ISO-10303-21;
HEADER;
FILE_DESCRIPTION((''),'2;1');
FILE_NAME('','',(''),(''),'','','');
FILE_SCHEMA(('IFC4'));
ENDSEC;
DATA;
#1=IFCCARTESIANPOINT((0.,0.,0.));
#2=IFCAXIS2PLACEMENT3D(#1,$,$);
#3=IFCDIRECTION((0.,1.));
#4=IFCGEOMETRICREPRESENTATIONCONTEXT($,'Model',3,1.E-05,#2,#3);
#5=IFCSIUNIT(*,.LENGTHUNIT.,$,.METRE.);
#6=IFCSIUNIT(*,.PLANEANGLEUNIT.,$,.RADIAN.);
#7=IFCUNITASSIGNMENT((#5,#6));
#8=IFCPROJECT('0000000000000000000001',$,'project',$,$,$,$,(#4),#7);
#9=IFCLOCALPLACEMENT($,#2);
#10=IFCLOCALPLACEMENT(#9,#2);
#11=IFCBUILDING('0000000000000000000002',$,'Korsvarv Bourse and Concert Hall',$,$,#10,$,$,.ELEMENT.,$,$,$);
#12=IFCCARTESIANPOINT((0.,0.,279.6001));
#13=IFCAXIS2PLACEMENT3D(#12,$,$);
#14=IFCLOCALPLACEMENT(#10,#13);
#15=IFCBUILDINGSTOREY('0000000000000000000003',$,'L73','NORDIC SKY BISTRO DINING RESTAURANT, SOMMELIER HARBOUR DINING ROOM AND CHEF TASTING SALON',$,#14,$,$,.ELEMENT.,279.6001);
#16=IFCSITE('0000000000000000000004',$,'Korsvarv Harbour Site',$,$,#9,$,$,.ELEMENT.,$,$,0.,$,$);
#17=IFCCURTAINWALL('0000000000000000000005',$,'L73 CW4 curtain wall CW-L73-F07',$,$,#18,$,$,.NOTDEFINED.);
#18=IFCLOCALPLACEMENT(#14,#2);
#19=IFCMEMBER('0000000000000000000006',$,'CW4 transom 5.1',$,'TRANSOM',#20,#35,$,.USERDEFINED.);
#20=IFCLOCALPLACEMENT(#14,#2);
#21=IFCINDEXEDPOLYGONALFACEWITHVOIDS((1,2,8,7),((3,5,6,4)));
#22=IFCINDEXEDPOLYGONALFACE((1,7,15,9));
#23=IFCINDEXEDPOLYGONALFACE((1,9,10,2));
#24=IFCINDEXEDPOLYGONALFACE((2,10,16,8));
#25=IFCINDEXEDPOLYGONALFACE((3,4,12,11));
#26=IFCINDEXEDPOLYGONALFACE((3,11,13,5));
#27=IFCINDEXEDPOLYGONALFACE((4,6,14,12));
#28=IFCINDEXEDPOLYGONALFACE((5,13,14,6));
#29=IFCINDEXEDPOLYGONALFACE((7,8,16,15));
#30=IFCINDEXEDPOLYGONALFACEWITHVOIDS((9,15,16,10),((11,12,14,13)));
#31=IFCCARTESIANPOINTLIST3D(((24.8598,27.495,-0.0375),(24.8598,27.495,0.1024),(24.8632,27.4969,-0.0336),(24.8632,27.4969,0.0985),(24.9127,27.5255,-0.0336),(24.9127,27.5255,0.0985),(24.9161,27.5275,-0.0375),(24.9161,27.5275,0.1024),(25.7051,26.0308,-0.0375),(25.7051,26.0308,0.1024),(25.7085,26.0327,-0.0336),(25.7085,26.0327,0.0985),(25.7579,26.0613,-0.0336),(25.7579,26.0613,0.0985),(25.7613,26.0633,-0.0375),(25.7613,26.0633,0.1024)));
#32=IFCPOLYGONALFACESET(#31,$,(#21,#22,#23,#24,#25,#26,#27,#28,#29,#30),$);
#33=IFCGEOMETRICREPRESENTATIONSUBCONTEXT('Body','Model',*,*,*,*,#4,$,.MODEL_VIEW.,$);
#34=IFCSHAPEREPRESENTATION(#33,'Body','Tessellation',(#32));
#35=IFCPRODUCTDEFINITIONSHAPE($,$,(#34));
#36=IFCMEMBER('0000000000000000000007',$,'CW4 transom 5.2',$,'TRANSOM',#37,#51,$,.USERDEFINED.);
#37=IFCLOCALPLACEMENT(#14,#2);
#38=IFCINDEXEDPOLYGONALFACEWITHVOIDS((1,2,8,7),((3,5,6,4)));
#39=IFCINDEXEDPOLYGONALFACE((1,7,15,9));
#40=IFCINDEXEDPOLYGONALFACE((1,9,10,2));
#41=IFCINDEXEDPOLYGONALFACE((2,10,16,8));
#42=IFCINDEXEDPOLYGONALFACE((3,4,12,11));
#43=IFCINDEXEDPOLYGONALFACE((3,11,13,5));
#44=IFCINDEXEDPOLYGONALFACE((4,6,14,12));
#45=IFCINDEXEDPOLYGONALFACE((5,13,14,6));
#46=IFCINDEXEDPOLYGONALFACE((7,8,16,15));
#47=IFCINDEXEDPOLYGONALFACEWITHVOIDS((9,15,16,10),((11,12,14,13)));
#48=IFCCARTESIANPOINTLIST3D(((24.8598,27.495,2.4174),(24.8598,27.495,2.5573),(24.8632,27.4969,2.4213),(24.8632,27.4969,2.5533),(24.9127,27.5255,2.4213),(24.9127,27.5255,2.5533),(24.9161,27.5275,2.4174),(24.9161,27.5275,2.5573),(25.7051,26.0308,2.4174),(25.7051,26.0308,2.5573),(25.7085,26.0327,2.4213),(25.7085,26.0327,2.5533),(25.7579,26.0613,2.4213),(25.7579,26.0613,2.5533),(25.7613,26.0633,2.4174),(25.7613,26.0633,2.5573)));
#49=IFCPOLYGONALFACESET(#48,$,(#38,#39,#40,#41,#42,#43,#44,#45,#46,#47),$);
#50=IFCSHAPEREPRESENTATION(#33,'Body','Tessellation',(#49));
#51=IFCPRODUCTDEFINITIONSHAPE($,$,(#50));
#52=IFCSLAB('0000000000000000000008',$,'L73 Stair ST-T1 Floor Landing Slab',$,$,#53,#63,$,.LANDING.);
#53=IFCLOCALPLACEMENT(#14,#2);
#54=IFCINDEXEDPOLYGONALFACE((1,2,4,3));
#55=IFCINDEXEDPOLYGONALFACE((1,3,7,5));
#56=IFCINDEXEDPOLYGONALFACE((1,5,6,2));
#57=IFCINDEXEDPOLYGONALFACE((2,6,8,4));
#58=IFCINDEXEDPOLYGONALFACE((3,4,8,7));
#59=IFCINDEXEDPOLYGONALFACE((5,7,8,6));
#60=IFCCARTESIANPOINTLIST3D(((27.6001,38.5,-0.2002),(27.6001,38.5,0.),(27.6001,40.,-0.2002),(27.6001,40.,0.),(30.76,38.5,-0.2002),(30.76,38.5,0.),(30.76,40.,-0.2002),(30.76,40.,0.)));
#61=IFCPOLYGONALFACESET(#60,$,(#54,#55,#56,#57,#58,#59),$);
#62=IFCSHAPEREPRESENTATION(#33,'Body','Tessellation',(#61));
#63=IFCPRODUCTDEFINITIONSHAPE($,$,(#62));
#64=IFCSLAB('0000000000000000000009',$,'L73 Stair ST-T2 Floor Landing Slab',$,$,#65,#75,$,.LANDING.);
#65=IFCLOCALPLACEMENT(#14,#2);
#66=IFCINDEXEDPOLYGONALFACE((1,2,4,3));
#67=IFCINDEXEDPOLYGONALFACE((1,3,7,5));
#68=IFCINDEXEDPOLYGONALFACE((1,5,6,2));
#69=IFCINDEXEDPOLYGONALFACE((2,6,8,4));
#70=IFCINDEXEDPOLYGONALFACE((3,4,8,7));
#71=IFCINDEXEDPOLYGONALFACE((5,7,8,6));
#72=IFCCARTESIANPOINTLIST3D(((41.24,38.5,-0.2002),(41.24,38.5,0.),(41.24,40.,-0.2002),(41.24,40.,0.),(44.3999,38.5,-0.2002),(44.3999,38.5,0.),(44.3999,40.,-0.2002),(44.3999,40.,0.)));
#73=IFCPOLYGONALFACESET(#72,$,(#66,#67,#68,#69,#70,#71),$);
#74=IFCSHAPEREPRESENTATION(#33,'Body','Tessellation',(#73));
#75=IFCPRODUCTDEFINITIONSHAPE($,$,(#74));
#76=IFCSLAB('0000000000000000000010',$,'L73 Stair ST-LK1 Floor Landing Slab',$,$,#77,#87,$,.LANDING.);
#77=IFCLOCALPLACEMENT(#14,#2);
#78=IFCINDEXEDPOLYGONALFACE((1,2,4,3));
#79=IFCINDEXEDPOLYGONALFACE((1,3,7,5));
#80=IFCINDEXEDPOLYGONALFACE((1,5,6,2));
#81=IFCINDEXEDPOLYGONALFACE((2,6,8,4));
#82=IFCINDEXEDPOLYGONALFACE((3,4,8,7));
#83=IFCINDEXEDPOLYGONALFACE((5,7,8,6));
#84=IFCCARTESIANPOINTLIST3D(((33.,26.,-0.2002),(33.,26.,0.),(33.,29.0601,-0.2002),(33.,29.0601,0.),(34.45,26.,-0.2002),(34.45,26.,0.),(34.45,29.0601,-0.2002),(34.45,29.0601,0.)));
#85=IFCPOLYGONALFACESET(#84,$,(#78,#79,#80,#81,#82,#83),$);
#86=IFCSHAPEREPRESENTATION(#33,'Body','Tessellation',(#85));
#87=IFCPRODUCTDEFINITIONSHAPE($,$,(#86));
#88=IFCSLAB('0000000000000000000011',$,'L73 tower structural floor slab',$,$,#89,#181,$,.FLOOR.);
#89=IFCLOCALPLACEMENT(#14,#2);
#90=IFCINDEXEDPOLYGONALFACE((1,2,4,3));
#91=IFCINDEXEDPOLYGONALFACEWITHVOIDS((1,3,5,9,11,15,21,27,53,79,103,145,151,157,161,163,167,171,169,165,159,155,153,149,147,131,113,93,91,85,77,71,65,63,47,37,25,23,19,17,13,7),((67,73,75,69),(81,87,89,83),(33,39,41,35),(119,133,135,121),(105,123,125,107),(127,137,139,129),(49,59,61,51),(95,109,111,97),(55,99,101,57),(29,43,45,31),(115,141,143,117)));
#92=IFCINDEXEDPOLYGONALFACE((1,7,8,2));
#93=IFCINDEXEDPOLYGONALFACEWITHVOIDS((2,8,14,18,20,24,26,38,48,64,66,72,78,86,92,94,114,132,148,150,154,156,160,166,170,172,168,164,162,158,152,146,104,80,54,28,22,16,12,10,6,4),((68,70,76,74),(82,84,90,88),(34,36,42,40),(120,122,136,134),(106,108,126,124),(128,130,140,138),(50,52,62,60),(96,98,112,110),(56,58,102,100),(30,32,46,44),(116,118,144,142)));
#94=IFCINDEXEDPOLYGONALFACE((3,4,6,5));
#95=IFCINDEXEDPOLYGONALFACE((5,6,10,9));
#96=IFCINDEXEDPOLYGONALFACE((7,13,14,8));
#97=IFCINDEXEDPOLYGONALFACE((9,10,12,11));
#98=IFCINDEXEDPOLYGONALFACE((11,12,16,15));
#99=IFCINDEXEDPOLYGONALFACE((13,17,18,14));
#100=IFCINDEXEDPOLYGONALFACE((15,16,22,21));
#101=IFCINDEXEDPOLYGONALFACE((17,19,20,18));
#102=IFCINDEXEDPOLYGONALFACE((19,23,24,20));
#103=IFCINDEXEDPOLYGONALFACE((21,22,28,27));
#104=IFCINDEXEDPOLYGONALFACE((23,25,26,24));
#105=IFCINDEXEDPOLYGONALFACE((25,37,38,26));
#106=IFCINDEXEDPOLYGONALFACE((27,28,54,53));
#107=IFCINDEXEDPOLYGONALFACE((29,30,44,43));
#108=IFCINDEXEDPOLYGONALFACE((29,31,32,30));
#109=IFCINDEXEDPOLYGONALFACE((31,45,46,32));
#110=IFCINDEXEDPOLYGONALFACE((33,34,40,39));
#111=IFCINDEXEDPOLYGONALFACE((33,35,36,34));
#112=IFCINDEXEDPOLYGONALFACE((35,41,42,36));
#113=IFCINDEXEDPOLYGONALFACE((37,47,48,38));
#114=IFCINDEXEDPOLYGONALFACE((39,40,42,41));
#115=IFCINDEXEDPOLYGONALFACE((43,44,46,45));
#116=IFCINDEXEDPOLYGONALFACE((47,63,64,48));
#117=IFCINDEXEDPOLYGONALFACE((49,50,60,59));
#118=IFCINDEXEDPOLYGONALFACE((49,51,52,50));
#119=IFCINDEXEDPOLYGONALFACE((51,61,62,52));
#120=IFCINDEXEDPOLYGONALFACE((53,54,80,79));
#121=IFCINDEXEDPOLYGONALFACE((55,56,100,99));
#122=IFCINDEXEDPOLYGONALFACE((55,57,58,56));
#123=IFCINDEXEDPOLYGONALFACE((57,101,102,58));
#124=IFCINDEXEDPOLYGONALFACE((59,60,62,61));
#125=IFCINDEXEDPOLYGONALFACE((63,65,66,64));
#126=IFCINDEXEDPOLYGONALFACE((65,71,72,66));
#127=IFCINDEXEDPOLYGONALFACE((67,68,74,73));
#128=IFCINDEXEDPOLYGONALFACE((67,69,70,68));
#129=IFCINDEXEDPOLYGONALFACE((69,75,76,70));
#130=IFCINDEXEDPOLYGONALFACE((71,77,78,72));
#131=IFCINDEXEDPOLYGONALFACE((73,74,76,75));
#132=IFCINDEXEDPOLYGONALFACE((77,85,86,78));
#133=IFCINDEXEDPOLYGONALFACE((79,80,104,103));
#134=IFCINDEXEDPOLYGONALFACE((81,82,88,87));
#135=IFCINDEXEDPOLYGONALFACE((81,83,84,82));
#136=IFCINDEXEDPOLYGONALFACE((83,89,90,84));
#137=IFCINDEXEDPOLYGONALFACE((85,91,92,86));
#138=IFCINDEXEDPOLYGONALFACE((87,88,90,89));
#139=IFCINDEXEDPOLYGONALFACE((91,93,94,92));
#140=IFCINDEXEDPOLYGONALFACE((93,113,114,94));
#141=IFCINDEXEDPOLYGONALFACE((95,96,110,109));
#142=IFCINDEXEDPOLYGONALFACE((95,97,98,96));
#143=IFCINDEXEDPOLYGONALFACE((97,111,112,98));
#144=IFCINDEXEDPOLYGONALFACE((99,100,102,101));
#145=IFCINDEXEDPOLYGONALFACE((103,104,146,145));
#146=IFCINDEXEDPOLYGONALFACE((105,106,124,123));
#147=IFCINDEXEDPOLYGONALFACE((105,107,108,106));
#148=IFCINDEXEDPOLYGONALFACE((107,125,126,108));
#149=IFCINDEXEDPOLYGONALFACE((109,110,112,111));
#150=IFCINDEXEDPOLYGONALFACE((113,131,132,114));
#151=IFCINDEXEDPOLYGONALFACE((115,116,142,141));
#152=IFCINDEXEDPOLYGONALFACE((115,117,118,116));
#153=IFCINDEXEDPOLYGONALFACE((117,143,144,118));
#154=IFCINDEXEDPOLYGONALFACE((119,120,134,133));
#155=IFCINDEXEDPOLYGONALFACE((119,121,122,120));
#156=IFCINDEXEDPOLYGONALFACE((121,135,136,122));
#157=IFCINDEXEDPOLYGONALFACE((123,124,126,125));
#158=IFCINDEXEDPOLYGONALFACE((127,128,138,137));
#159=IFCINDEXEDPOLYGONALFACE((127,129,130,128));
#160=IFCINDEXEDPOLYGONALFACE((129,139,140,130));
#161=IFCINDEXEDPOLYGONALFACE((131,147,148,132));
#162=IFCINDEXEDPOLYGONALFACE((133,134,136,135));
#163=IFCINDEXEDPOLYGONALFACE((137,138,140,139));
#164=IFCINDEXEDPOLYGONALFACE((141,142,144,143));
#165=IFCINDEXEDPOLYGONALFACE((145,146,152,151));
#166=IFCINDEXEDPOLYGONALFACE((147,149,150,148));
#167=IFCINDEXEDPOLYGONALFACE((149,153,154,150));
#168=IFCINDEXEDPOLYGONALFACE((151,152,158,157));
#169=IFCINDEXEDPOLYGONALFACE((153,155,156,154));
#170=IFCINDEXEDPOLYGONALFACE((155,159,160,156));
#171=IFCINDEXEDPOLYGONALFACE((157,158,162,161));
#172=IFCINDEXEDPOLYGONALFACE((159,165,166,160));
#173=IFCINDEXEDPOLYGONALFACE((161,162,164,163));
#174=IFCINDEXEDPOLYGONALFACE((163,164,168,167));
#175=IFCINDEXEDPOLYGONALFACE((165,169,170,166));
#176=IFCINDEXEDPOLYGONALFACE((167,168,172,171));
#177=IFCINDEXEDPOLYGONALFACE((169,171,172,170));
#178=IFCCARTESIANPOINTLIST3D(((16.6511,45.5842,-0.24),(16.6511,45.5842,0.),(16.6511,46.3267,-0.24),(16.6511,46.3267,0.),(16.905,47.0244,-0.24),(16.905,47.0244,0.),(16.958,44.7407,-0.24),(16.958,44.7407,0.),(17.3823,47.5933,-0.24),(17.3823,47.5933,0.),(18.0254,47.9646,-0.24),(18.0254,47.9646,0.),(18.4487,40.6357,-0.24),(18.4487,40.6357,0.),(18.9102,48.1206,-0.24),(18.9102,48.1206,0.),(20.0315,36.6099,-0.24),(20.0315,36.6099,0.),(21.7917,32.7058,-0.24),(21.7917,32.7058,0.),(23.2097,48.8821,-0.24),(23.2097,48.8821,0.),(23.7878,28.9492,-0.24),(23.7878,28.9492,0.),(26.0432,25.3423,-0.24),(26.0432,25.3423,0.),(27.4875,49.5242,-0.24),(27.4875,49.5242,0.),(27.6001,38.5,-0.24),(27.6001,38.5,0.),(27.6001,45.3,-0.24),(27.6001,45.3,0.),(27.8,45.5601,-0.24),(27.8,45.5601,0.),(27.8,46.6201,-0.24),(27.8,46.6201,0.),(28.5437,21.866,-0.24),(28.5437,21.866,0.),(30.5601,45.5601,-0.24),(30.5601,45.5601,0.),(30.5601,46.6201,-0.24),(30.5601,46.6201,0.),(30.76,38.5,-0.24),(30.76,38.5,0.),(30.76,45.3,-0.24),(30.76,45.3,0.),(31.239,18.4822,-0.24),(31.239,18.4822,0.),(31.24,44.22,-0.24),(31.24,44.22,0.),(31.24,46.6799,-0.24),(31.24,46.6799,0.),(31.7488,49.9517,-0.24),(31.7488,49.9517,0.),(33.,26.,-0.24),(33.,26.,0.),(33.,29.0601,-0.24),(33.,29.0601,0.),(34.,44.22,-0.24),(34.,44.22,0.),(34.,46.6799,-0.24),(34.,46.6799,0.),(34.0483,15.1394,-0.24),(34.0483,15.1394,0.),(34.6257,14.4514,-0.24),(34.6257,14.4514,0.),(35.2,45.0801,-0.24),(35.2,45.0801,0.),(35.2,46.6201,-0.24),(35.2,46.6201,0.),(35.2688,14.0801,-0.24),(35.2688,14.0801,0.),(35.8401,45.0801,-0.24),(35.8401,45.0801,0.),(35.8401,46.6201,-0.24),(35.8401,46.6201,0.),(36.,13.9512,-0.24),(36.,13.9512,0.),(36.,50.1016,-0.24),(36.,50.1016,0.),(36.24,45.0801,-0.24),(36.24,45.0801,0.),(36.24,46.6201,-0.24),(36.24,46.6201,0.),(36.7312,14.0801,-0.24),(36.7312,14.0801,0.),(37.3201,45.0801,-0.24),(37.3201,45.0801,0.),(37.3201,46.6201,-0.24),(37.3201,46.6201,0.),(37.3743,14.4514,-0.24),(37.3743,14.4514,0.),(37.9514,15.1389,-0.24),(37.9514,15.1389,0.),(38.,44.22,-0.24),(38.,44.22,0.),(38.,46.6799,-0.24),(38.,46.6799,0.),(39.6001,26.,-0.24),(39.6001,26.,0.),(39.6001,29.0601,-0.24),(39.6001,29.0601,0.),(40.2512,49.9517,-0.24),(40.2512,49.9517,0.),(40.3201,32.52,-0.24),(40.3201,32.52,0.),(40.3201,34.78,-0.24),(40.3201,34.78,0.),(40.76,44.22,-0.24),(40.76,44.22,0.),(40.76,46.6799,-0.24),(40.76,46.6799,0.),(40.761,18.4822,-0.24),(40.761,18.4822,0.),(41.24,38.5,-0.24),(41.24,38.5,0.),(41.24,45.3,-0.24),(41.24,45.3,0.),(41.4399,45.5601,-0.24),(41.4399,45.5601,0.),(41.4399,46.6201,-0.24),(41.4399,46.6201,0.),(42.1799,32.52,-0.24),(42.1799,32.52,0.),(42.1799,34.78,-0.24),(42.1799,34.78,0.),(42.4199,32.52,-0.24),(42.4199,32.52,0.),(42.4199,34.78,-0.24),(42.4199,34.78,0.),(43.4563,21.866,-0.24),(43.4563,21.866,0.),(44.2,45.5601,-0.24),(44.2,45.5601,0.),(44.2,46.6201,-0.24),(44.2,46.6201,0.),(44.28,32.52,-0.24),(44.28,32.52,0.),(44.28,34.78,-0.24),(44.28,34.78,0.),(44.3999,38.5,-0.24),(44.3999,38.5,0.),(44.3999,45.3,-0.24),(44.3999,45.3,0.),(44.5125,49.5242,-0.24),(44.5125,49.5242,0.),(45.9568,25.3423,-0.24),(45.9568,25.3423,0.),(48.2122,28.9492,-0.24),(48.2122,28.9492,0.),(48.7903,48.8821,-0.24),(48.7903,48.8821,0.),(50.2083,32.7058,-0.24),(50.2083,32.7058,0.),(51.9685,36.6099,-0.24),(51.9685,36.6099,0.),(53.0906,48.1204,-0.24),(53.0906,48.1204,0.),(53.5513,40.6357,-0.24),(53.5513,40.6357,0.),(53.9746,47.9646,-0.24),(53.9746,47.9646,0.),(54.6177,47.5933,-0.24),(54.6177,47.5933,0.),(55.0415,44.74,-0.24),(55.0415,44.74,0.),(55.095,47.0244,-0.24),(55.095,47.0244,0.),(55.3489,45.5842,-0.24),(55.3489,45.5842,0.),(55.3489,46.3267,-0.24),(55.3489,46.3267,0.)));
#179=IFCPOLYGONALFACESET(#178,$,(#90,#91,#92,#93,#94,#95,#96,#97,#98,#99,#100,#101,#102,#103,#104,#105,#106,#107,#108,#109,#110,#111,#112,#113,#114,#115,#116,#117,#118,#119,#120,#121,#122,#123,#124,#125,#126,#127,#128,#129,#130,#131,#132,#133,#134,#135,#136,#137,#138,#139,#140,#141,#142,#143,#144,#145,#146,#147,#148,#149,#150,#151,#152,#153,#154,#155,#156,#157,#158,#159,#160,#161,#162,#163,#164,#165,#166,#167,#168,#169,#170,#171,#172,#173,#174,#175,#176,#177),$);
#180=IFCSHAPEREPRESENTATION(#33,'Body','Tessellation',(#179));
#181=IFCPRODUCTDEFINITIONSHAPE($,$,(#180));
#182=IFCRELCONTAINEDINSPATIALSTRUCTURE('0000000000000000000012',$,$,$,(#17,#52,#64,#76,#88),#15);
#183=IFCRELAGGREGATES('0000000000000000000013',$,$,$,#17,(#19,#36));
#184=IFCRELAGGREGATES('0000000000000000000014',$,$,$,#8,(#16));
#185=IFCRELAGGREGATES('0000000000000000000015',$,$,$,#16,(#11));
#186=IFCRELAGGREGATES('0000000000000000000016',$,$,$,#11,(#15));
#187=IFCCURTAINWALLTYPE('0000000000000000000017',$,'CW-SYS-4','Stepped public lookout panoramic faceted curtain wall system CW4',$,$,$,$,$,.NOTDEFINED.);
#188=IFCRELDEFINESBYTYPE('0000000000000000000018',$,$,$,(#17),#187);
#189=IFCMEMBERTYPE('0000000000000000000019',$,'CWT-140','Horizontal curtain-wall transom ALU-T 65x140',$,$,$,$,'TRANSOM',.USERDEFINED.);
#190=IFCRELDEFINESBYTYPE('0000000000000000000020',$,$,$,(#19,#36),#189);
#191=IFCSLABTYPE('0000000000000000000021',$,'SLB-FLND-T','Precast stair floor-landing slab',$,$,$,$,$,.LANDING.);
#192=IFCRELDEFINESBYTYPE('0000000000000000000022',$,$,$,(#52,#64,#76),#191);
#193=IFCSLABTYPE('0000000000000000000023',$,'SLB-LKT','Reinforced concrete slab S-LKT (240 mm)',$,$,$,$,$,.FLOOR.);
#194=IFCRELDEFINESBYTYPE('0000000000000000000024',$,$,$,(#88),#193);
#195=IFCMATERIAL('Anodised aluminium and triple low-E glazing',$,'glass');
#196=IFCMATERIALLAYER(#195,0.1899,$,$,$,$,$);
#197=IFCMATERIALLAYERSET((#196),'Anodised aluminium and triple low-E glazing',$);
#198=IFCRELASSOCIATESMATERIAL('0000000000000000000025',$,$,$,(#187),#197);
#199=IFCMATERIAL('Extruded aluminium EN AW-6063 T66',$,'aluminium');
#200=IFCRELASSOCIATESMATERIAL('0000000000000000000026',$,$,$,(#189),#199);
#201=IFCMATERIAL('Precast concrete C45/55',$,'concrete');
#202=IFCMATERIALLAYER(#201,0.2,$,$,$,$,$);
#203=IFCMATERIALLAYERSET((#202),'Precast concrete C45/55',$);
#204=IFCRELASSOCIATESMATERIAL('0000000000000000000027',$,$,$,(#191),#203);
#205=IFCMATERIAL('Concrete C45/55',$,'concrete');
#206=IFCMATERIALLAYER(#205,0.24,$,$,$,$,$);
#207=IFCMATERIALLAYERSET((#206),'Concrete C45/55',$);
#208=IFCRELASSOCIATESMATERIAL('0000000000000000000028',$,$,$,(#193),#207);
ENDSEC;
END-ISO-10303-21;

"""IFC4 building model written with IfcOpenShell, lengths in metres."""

from ifc_helpers import new_model, si_unit, direction, frame, origin, origin_2d, place, context, subcontext, project, spatial, polyline, hollow_rectangle, outline, extrude, source, transform, mapped, material, layer, layer_set, material_profile, profile_set, type_object, element, aggregate, save


model = new_model("IFC4")

# Units and contexts
model_context = context("Model", 3, precision=1e-05, world=origin(), true_north=direction((0.0, 1.0)))
body_context = subcontext(model_context, "Body", "Model", "MODEL_VIEW")
ifc_project = project(units=[si_unit("LENGTHUNIT", "METRE"), si_unit("PLANEANGLEUNIT", "RADIAN")], contexts=[model_context])

# Site, building, storey
site_placement = place(None, origin())
site = spatial("IfcSite", under=ifc_project, at=site_placement, Name="Korsvarv Harbour Site", CompositionType="ELEMENT", RefElevation=0.0)
building_placement = place(site_placement, origin())
building = spatial("IfcBuilding", under=site, at=building_placement, Name="Korsvarv Bourse and Concert Hall", CompositionType="ELEMENT")
storey_placement = place(building_placement, frame((0.0, 0.0, 279.6001)))
storey = spatial("IfcBuildingStorey", under=building, at=storey_placement, Name="L73", Description="NORDIC SKY BISTRO DINING RESTAURANT, SOMMELIER HARBOUR DINING ROOM AND CHEF TASTING SALON", CompositionType="ELEMENT", Elevation=279.6001)

# Curtain wall, members
ifc_material_1 = material(Name="Anodised aluminium and triple low-E glazing", Category="glass")
ifc_layer_1 = layer(ifc_material_1, 0.1899)
ifc_layer_set_1 = layer_set([ifc_layer_1], Name="Anodised aluminium and triple low-E glazing")
curtain_wall_type = type_object("IfcCurtainWallType", Name="CW-SYS-4", Description="Stepped public lookout panoramic faceted curtain wall system CW4", PredefinedType="NOTDEFINED", material=ifc_layer_set_1)
curtain_wall_placement = place(storey_placement, origin())
curtain_wall = element("IfcCurtainWall", 1, at=curtain_wall_placement, inside=storey, type_object=curtain_wall_type, Name="L73 CW4 curtain wall CW-L73-F07", PredefinedType="NOTDEFINED")
ifc_material_2 = material(Name="Extruded aluminium EN AW-6063 T66", Category="aluminium")
ifc_material_profile_1 = material_profile(ifc_material_2, hollow_rectangle(XDim=0.0649, YDim=0.1399, WallThickness=0.0039, at=origin_2d()), Name="ALU-T 65x140")
ifc_profile_set_1 = profile_set([ifc_material_profile_1], Name="Extruded aluminium EN AW-6063 T66")
member_type_1 = type_object("IfcMemberType", Name="CWT-140", Description="Horizontal curtain-wall transom ALU-T 65x140", ElementType="TRANSOM", PredefinedType="USERDEFINED", material=ifc_profile_set_1)
shared_shape_1 = source(origin(), body_context, "Body", "SweptSolid", [
    extrude(hollow_rectangle(XDim=0.0649, YDim=0.1399, WallThickness=0.0039, at=origin_2d()), origin(), (0.0, 0.0, 1.0), 1.6907),
])
member_1_placement = place(storey_placement, frame((24.8879, 27.5112, 0.0325), z_axis=(0.49996, -0.866049, 0.0), x_axis=(0.866049, 0.49996, 0.0)))
member_1 = element("IfcMember", 2, at=member_1_placement, type_object=member_type_1, Name="CW4 transom 5.1", ObjectType="TRANSOM", PredefinedType="USERDEFINED", context=body_context, shape_type="MappedRepresentation", body=[
    mapped(shared_shape_1, transform((0.0, 0.0, 0.0), scale=1.0)),
])
member_2_placement = place(storey_placement, frame((24.8879, 27.5112, 2.4873), z_axis=(0.49996, -0.866049, 0.0), x_axis=(0.866049, 0.49996, 0.0)))
member_2 = element("IfcMember", 3, at=member_2_placement, type_object=member_type_1, Name="CW4 transom 5.2", ObjectType="TRANSOM", PredefinedType="USERDEFINED", context=body_context, shape_type="MappedRepresentation", body=[
    mapped(shared_shape_1, transform((0.0, 0.0, 0.0), scale=1.0)),
])

# Slabs
ifc_material_3 = material(Name="Precast concrete C45/55", Category="concrete")
ifc_layer_2 = layer(ifc_material_3, 0.2)
ifc_layer_set_2 = layer_set([ifc_layer_2], Name="Precast concrete C45/55")
slab_type_1 = type_object("IfcSlabType", Name="SLB-FLND-T", Description="Precast stair floor-landing slab", PredefinedType="LANDING", material=ifc_layer_set_2)
slab_1_placement = place(storey_placement, frame((0.0, 0.0, -0.2002)))
element("IfcSlab", 4, at=slab_1_placement, inside=storey, type_object=slab_type_1, Name="L73 Stair ST-T1 Floor Landing Slab", PredefinedType="LANDING", context=body_context, shape_type="SweptSolid", body=[
    extrude(outline(polyline([(30.76, 38.5), (30.76, 40.0), (27.6001, 40.0), (27.6001, 38.5), (30.76, 38.5)])), origin(), (0.0, 0.0, 1.0), 0.2002),
])
slab_2_placement = place(storey_placement, frame((0.0, 0.0, -0.2002)))
element("IfcSlab", 5, at=slab_2_placement, inside=storey, type_object=slab_type_1, Name="L73 Stair ST-T2 Floor Landing Slab", PredefinedType="LANDING", context=body_context, shape_type="SweptSolid", body=[
    extrude(outline(polyline([(44.3999, 38.5), (44.3999, 40.0), (41.24, 40.0), (41.24, 38.5), (44.3999, 38.5)])), origin(), (0.0, 0.0, 1.0), 0.2002),
])
slab_3_placement = place(storey_placement, frame((0.0, 0.0, -0.2002)))
element("IfcSlab", 6, at=slab_3_placement, inside=storey, type_object=slab_type_1, Name="L73 Stair ST-LK1 Floor Landing Slab", PredefinedType="LANDING", context=body_context, shape_type="SweptSolid", body=[
    extrude(outline(polyline([(33.0, 26.0), (34.45, 26.0), (34.45, 29.0601), (33.0, 29.0601), (33.0, 26.0)])), origin(), (0.0, 0.0, 1.0), 0.2002),
])
ifc_material_4 = material(Name="Concrete C45/55", Category="concrete")
ifc_layer_3 = layer(ifc_material_4, 0.24)
ifc_layer_set_3 = layer_set([ifc_layer_3], Name="Concrete C45/55")
slab_type_2 = type_object("IfcSlabType", Name="SLB-LKT", Description="Reinforced concrete slab S-LKT (240 mm)", PredefinedType="FLOOR", material=ifc_layer_set_3)
slab_4_placement = place(storey_placement, frame((0.0, 0.0, -0.24)))
element("IfcSlab", 7, at=slab_4_placement, inside=storey, type_object=slab_type_2, Name="L73 tower structural floor slab", PredefinedType="FLOOR", context=body_context, shape_type="SweptSolid", body=[
    extrude(outline(polyline([(55.0415, 44.74), (53.5513, 40.6357), (51.9685, 36.6099), (50.2083, 32.7058), (48.2122, 28.9492), (45.9568, 25.3423), (43.4563, 21.866), (40.761, 18.4822), (37.9514, 15.1389), (37.3743, 14.4514), (36.7312, 14.0801), (36.0, 13.9512), (35.2688, 14.0801), (34.6257, 14.4514), (34.0483, 15.1394), (31.239, 18.4822), (28.5437, 21.866), (26.0432, 25.3423), (23.7878, 28.9492), (21.7917, 32.7058), (20.0315, 36.6099), (18.4487, 40.6357), (16.958, 44.7407), (16.6511, 45.5842), (16.6511, 46.3267), (16.905, 47.0244), (17.3823, 47.5933), (18.0254, 47.9646), (18.9102, 48.1206), (23.2097, 48.8821), (27.4875, 49.5242), (31.7488, 49.9517), (36.0, 50.1016), (40.2512, 49.9517), (44.5125, 49.5242), (48.7903, 48.8821), (53.0906, 48.1204), (53.9746, 47.9646), (54.6177, 47.5933), (55.095, 47.0244), (55.3489, 46.3267), (55.3489, 45.5842), (55.0415, 44.74)]), holes=[polyline([(30.76, 38.5), (30.76, 45.3), (27.6001, 45.3), (27.6001, 38.5), (30.76, 38.5)]), polyline([(44.3999, 38.5), (44.3999, 45.3), (41.24, 45.3), (41.24, 38.5), (44.3999, 38.5)]), polyline([(33.0, 26.0), (39.6001, 26.0), (39.6001, 29.0601), (33.0, 29.0601), (33.0, 26.0)]), polyline([(31.24, 44.22), (34.0, 44.22), (34.0, 46.6799), (31.24, 46.6799), (31.24, 44.22)]), polyline([(38.0, 44.22), (40.76, 44.22), (40.76, 46.6799), (38.0, 46.6799), (38.0, 44.22)]), polyline([(40.3201, 32.52), (42.1799, 32.52), (42.1799, 34.78), (40.3201, 34.78), (40.3201, 32.52)]), polyline([(42.4199, 32.52), (44.28, 32.52), (44.28, 34.78), (42.4199, 34.78), (42.4199, 32.52)]), polyline([(27.8, 45.5601), (30.5601, 45.5601), (30.5601, 46.6201), (27.8, 46.6201), (27.8, 45.5601)]), polyline([(41.4399, 45.5601), (44.2, 45.5601), (44.2, 46.6201), (41.4399, 46.6201), (41.4399, 45.5601)]), polyline([(35.2, 45.0801), (35.8401, 45.0801), (35.8401, 46.6201), (35.2, 46.6201), (35.2, 45.0801)]), polyline([(36.24, 45.0801), (37.3201, 45.0801), (37.3201, 46.6201), (36.24, 46.6201), (36.24, 45.0801)])]), origin(), (0.0, 0.0, 1.0), 0.24),
])

aggregate(curtain_wall, [member_1, member_2])

save(model, "model.ifc")
